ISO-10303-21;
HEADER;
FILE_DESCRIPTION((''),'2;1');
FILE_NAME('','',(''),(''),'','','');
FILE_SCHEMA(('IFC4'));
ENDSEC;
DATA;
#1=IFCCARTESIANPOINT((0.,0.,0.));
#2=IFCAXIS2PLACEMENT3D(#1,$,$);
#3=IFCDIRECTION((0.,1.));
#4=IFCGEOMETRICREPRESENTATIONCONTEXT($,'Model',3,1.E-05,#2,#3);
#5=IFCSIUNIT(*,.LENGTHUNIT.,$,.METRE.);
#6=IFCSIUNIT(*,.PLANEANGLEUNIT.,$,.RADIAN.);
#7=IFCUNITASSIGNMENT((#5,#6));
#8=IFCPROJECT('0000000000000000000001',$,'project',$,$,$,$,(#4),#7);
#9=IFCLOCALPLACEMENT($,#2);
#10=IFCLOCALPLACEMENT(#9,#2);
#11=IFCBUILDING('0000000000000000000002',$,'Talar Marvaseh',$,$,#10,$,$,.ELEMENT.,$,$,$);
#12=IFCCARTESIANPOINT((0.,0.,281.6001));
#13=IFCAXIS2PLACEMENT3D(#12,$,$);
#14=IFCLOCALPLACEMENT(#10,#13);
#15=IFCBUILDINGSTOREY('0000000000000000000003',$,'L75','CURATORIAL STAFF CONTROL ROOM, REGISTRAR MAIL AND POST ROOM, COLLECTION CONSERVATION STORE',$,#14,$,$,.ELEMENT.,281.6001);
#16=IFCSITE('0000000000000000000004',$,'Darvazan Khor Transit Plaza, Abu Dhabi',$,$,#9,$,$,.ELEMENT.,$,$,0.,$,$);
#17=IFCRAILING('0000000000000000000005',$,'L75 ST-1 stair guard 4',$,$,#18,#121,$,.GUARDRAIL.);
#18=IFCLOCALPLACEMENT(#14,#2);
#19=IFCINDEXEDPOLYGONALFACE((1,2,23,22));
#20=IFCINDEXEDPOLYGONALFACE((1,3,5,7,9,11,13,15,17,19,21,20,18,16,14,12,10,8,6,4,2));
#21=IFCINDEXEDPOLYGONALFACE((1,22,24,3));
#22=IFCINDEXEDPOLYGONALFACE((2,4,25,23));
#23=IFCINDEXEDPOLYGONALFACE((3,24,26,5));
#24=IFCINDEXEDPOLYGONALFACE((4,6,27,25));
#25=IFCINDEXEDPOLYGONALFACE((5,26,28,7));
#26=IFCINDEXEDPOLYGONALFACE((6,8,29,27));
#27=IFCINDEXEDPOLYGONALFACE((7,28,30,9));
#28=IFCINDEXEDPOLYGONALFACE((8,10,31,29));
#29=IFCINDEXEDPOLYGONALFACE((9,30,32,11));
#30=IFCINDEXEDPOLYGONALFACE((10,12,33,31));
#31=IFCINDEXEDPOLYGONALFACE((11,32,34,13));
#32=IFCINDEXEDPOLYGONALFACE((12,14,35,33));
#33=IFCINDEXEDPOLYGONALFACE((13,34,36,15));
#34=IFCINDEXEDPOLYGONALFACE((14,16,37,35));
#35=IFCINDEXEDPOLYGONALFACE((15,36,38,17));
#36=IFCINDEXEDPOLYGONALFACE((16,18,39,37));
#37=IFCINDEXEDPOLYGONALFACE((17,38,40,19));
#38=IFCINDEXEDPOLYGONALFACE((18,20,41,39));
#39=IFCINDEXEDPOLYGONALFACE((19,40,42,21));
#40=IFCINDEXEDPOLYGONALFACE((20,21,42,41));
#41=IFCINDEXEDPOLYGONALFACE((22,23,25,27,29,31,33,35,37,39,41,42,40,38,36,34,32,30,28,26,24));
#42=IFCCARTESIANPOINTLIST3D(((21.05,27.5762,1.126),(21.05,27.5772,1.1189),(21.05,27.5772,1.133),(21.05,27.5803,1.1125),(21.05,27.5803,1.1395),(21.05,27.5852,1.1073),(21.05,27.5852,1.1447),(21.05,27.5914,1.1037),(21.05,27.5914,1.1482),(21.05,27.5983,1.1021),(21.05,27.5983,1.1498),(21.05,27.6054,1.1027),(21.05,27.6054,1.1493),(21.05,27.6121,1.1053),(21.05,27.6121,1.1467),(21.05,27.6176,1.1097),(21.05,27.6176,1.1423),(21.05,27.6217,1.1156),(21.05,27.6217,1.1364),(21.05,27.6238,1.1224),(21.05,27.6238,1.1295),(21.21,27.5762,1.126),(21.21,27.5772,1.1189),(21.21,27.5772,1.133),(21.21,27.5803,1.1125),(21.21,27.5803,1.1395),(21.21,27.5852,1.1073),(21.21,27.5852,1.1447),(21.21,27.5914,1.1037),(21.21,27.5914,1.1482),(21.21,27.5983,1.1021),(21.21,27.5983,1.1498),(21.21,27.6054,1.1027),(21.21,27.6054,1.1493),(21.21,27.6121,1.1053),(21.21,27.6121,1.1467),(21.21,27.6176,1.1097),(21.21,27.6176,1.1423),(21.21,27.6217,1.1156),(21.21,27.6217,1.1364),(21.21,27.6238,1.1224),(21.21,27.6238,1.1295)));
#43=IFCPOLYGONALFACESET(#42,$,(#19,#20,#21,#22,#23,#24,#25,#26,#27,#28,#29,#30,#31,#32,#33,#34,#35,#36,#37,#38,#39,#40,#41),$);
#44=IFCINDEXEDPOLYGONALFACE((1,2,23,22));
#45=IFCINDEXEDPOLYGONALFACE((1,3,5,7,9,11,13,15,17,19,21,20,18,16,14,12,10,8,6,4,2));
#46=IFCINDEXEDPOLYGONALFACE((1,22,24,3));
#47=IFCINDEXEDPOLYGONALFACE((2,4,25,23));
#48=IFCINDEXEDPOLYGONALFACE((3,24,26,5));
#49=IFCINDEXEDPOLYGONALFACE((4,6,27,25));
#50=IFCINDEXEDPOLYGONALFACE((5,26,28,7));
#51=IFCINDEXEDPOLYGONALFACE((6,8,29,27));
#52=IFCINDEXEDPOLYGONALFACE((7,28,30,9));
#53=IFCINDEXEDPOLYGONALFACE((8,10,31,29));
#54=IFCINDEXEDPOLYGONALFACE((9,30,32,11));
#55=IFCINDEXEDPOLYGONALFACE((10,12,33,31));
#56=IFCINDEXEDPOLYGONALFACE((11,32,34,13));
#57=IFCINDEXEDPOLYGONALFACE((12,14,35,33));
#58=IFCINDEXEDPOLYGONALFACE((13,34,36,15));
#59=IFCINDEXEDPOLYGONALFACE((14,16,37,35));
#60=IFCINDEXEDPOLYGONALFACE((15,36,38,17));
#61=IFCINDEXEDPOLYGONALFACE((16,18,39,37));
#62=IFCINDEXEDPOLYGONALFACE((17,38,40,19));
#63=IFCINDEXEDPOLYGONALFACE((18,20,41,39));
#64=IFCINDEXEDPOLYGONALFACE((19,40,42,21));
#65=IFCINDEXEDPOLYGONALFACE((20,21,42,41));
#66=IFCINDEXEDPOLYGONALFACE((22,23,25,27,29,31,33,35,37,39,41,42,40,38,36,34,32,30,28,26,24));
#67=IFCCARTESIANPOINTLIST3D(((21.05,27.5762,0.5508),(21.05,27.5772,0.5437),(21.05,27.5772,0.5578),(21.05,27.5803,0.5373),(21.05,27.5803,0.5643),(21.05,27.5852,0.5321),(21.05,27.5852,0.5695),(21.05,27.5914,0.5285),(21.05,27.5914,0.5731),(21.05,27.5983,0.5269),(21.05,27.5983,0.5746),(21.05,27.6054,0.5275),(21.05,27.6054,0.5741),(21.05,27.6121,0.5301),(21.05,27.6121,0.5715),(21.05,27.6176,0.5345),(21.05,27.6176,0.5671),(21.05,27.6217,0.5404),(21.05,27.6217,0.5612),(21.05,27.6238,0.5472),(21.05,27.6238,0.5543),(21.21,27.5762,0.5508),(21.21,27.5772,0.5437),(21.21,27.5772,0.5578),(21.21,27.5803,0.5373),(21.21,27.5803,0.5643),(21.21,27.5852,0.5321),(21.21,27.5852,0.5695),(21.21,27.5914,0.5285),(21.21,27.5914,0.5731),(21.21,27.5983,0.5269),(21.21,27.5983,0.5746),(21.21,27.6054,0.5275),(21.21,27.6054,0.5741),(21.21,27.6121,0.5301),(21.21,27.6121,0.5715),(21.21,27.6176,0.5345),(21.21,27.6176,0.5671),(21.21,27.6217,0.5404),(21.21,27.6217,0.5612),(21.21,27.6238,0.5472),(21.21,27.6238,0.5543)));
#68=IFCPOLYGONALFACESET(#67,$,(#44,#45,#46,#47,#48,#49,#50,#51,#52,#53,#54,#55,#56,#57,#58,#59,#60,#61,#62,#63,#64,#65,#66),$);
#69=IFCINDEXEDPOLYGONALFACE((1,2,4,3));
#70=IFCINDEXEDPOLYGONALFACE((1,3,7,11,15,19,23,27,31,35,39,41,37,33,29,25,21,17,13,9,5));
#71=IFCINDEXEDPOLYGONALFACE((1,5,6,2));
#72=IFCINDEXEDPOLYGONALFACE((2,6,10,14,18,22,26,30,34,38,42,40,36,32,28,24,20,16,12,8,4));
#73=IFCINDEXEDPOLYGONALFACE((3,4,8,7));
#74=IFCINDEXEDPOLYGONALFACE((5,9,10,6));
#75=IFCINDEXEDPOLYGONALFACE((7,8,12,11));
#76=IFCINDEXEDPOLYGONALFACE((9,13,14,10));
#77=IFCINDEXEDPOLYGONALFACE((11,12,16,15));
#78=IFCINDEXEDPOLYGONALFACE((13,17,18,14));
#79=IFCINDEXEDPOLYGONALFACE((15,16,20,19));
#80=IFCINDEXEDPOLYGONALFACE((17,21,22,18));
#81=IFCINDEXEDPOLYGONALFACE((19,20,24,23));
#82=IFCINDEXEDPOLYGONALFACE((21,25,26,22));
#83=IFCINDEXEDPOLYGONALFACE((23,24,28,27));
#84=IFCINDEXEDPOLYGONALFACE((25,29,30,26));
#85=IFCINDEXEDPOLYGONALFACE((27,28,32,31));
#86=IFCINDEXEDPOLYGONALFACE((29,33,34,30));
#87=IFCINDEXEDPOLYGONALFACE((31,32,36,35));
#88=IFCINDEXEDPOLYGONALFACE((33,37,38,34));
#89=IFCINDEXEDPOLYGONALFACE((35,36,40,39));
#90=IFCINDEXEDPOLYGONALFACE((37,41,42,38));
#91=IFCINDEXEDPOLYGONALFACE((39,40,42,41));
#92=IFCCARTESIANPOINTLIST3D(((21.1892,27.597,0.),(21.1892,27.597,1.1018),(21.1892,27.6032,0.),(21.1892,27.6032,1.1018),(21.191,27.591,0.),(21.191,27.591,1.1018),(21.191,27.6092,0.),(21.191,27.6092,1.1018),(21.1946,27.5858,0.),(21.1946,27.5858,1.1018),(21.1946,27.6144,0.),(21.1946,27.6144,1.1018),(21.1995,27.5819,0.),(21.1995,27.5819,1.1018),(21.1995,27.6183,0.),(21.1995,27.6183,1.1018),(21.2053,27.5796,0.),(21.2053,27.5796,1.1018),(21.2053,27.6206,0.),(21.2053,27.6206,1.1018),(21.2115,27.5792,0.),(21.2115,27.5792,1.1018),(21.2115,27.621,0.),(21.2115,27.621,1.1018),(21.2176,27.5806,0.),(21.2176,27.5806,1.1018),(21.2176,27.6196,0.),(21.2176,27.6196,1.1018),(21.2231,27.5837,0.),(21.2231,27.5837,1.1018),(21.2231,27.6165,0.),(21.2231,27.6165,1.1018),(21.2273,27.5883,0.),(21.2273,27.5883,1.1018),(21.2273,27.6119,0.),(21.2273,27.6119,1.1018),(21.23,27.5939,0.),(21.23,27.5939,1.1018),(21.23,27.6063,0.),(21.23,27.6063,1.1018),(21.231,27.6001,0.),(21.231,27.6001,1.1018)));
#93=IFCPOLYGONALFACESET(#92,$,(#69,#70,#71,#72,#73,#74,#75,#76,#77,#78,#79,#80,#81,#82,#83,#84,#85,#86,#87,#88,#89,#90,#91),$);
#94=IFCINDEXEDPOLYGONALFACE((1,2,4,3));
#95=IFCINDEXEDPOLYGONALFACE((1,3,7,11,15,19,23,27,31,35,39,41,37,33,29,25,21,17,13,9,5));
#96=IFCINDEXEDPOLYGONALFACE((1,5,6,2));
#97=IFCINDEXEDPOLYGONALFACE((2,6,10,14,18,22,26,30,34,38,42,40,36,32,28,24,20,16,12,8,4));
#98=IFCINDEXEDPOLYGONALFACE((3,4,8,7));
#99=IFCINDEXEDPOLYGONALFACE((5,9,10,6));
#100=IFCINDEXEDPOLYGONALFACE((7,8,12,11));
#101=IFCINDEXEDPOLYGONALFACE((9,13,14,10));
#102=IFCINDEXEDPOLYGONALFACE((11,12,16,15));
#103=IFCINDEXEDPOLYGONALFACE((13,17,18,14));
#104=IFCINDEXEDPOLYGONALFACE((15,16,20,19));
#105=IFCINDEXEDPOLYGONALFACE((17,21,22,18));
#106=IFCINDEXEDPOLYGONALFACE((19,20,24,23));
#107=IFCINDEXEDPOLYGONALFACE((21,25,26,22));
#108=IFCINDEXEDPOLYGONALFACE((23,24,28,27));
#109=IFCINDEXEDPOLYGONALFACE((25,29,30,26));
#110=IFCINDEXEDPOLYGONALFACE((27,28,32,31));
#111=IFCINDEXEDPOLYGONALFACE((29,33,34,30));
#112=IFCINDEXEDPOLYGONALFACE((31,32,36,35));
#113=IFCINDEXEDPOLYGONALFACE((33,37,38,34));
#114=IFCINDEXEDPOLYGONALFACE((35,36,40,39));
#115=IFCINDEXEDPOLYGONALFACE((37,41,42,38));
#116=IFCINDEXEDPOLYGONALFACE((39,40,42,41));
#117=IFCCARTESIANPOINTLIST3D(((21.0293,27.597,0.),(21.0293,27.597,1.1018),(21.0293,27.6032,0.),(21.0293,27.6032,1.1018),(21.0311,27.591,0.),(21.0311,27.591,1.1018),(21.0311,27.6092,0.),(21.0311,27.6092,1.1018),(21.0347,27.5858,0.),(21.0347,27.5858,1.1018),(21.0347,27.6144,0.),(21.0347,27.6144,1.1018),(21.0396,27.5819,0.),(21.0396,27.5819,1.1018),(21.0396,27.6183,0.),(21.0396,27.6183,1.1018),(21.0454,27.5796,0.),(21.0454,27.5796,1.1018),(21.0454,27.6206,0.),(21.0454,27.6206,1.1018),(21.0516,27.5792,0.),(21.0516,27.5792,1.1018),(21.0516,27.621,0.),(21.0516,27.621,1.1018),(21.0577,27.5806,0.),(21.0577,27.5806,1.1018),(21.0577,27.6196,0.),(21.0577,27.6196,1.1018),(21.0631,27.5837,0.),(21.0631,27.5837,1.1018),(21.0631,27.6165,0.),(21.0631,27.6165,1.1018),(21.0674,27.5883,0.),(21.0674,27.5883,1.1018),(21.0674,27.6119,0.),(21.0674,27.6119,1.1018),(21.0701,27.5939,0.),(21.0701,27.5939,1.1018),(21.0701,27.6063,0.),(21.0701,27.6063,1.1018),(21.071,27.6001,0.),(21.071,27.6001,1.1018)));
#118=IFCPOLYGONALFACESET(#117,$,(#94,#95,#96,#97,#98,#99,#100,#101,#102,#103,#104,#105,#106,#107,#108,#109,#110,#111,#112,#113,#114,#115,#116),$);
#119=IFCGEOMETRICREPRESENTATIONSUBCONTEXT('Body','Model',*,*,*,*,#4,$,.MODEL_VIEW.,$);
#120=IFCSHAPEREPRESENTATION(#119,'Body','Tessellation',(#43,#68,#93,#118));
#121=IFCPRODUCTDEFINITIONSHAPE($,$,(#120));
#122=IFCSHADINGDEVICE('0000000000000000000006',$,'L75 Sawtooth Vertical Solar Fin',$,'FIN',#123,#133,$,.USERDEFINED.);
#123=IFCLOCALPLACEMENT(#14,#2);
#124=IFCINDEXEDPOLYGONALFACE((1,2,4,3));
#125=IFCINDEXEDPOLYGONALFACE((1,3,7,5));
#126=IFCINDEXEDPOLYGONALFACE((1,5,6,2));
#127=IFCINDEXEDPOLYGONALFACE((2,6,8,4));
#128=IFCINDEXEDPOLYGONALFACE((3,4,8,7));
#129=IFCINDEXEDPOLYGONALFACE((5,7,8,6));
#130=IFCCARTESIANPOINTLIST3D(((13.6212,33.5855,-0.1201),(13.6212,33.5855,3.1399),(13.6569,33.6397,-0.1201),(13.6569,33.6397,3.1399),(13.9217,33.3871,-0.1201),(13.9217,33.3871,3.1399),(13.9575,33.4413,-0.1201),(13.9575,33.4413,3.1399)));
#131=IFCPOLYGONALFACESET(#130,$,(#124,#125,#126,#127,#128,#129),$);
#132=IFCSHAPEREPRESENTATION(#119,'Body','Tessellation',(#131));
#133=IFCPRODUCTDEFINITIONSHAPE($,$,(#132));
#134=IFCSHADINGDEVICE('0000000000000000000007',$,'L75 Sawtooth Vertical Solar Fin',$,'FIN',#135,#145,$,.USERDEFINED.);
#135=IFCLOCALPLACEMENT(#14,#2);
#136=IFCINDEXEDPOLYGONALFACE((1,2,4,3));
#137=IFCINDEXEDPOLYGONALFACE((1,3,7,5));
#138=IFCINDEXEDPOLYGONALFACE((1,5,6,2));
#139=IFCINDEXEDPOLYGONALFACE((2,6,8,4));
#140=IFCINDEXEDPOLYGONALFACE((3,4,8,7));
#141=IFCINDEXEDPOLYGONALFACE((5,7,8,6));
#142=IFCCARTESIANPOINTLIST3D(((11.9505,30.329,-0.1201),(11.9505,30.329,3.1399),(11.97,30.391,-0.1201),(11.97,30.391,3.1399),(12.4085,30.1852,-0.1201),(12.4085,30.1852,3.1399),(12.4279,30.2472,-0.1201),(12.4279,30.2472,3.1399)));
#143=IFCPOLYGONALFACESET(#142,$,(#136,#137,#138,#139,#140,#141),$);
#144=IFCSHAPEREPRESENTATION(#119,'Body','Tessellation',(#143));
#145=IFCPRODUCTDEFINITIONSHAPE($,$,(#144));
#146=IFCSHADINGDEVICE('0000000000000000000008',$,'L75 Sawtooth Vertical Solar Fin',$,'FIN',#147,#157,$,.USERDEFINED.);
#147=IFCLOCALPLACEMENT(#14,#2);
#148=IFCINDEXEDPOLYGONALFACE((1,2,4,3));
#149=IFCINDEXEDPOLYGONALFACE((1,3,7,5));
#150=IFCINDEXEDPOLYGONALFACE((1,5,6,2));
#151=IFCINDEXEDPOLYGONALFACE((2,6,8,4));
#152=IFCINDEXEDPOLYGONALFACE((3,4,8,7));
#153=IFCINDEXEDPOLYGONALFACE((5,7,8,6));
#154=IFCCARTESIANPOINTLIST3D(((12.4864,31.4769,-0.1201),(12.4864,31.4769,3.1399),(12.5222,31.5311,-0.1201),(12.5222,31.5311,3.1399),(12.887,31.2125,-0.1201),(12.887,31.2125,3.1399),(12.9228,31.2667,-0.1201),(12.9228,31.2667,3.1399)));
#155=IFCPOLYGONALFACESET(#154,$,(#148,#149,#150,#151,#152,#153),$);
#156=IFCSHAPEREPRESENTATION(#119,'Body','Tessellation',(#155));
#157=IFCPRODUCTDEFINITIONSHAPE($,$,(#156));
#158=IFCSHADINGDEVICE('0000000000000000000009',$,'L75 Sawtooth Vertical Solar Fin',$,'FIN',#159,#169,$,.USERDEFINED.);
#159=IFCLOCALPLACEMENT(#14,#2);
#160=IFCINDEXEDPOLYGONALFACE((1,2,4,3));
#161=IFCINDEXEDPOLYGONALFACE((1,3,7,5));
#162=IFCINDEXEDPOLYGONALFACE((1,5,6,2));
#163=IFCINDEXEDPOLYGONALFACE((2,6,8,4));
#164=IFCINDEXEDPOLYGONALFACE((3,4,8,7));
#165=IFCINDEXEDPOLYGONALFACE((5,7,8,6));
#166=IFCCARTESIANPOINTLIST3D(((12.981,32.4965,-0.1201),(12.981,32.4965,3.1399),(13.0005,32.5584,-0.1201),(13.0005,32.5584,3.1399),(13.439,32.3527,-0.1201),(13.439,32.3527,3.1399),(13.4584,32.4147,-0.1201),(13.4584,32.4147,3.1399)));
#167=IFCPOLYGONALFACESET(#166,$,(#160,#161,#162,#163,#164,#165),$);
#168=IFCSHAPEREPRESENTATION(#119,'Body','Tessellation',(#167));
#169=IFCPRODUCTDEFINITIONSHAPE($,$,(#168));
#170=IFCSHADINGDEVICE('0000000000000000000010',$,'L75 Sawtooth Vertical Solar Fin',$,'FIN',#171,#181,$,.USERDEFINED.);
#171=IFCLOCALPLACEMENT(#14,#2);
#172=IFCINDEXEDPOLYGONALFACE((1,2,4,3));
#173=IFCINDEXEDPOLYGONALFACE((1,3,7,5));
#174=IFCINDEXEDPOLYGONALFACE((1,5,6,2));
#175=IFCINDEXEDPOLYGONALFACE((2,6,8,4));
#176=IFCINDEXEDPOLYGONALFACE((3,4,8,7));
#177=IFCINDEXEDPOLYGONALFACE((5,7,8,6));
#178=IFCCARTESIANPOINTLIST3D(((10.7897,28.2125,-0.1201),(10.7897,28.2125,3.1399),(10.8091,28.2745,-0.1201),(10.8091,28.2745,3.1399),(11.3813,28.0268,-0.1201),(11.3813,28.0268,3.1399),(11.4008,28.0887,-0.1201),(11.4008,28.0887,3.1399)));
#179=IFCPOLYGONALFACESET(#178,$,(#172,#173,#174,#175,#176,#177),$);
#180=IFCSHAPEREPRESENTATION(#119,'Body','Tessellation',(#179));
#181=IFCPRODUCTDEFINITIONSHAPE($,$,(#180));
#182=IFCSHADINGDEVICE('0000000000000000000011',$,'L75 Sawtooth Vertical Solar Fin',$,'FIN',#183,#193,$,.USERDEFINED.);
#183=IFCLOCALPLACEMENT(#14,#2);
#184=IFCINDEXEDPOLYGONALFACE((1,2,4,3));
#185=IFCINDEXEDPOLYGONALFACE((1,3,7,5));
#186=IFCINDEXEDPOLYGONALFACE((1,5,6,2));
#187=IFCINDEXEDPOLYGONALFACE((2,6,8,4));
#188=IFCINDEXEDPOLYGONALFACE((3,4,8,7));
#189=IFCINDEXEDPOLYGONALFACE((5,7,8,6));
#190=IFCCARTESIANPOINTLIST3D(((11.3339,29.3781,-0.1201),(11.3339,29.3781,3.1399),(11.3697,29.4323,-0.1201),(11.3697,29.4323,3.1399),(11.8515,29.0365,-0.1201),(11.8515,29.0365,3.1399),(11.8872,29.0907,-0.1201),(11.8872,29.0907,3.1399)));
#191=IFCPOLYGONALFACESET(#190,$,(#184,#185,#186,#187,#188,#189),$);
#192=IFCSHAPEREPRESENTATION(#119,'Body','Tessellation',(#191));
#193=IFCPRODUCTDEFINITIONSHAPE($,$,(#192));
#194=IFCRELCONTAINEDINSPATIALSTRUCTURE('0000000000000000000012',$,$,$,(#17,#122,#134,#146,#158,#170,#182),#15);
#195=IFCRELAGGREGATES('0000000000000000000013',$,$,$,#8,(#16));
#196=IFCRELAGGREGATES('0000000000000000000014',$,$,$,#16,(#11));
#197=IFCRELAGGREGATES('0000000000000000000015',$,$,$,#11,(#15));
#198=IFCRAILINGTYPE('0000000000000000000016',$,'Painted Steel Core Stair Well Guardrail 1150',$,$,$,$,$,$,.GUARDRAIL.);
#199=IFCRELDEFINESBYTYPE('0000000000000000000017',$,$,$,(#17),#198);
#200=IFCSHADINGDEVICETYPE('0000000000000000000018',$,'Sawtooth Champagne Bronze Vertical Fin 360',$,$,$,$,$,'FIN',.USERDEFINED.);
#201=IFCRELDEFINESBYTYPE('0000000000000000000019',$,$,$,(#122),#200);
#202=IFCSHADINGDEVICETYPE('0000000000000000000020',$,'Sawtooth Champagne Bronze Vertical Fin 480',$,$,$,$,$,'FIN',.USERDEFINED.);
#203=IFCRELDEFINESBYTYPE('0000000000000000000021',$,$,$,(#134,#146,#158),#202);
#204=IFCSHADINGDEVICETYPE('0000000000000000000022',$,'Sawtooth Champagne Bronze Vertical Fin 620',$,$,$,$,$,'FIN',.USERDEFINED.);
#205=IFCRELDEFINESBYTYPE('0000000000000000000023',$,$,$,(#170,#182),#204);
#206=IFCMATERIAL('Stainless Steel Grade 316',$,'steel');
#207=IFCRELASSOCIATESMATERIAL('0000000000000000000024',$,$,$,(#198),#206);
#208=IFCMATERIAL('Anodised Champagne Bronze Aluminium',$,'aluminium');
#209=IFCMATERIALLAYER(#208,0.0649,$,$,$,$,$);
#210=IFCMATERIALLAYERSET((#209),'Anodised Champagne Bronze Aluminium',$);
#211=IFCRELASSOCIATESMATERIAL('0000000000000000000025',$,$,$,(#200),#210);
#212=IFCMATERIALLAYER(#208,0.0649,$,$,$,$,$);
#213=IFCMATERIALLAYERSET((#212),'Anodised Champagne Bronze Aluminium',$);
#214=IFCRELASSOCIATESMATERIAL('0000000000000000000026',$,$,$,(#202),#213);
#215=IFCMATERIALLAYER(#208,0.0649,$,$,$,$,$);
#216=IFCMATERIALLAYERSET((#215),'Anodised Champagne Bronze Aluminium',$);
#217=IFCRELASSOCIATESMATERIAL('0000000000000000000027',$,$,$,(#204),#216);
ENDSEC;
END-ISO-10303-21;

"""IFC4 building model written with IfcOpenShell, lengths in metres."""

from ifc_helpers import new_model, si_unit, direction, frame, origin, origin_2d, place, context, subcontext, project, spatial, rectangle, circle, extrude, source, transform, mapped, material, layer, layer_set, type_object, type_shapes, element, save


model = new_model("IFC4")

# Units and contexts
model_context = context("Model", 3, precision=1e-05, world=origin(), true_north=direction((0.0, 1.0)))
body_context = subcontext(model_context, "Body", "Model", "MODEL_VIEW")
ifc_project = project(units=[si_unit("LENGTHUNIT", "METRE"), si_unit("PLANEANGLEUNIT", "RADIAN")], contexts=[model_context])

# Site, building, storey
site_placement = place(None, origin())
site = spatial("IfcSite", under=ifc_project, at=site_placement, Name="Darvazan Khor Transit Plaza, Abu Dhabi", CompositionType="ELEMENT", RefElevation=0.0)
building_placement = place(site_placement, origin())
building = spatial("IfcBuilding", under=site, at=building_placement, Name="Talar Marvaseh", CompositionType="ELEMENT")
storey_placement = place(building_placement, frame((0.0, 0.0, 281.6001)))
storey = spatial("IfcBuildingStorey", under=building, at=storey_placement, Name="L75", Description="CURATORIAL STAFF CONTROL ROOM, REGISTRAR MAIL AND POST ROOM, COLLECTION CONSERVATION STORE", CompositionType="ELEMENT", Elevation=281.6001)

# Railing
ifc_material_1 = material(Name="Stainless Steel Grade 316", Category="steel")
railing_type_1 = type_object("IfcRailingType", Name="Painted Steel Core Stair Well Guardrail 1150", PredefinedType="GUARDRAIL", material=ifc_material_1)
railing_1_placement = place(storey_placement, frame((21.21, 27.6001, 0.0)))
element("IfcRailing", 1, at=railing_1_placement, inside=storey, type_object=railing_type_1, Name="L75 ST-1 stair guard 4", PredefinedType="GUARDRAIL", context=body_context, shape_type="SweptSolid", body=[
    extrude(circle(Radius=0.0239, at=origin_2d()), frame((0.0, 0.0, 1.126), z_axis=(-1.0, 0.0, 0.0), x_axis=(0.0, -1.0, 0.0)), (0.0, 0.0, 1.0), 0.1599),
    extrude(circle(Radius=0.0239, at=origin_2d()), frame((0.0, 0.0, 0.5508), z_axis=(-1.0, 0.0, 0.0), x_axis=(0.0, -1.0, 0.0)), (0.0, 0.0, 1.0), 0.1599),
    extrude(circle(Radius=0.021, at=origin_2d()), origin(), (0.0, 0.0, 1.0), 1.1018),
    extrude(circle(Radius=0.021, at=origin_2d()), frame((-0.1599, 0.0, 0.0)), (0.0, 0.0, 1.0), 1.1018),
])

# Shading devices
ifc_material_2 = material(Name="Anodised Champagne Bronze Aluminium", Category="aluminium")
ifc_layer_1 = layer(ifc_material_2, 0.0649)
ifc_layer_set_1 = layer_set([ifc_layer_1], Name="Anodised Champagne Bronze Aluminium")
shading_device_type_1 = type_object("IfcShadingDeviceType", Name="Sawtooth Champagne Bronze Vertical Fin 360", ElementType="FIN", PredefinedType="USERDEFINED", material=ifc_layer_set_1)
shared_shape_1 = source(origin(), body_context, "Body", "SweptSolid", [
    extrude(rectangle(XDim=0.3601, YDim=0.0649, at=origin_2d()), origin(), (0.0, 0.0, 1.0), 3.26),
])
type_shapes(shading_device_type_1, [shared_shape_1])
shading_device_placement = place(storey_placement, frame((13.7893, 33.5134, -0.1201), z_axis=(0.0, 0.0, 1.0), x_axis=(-0.83456, 0.550918, 0.0)))
element("IfcShadingDevice", 2, at=shading_device_placement, inside=storey, type_object=shading_device_type_1, Name="L75 Sawtooth Vertical Solar Fin", ObjectType="FIN", PredefinedType="USERDEFINED", context=body_context, shape_type="MappedRepresentation", body=[
    mapped(shared_shape_1, transform((0.0, 0.0, 0.0), x_axis=(1.0, 0.0, 0.0), y_axis=(0.0, 1.0, 0.0), z_axis=(0.0, 0.0, 1.0), scale=1.0)),
])
ifc_layer_2 = layer(ifc_material_2, 0.0649)
ifc_layer_set_2 = layer_set([ifc_layer_2], Name="Anodised Champagne Bronze Aluminium")
shading_device_type_2 = type_object("IfcShadingDeviceType", Name="Sawtooth Champagne Bronze Vertical Fin 480", ElementType="FIN", PredefinedType="USERDEFINED", material=ifc_layer_set_2)
shared_shape_2 = source(origin(), body_context, "Body", "SweptSolid", [
    extrude(rectangle(XDim=0.48, YDim=0.0649, at=origin_2d()), origin(), (0.0, 0.0, 1.0), 3.26),
])
type_shapes(shading_device_type_2, [shared_shape_2])
for number, where, z_axis, x_axis, name in (
    (3, (12.1892, 30.2881, -0.1201), (0.0, 0.0, 1.0), (-0.954084, 0.29954, 0.0), "L75 Sawtooth Vertical Solar Fin"),
    (4, (12.7046, 31.3718, -0.1201), (0.0, 0.0, 1.0), (-0.83456, 0.550918, 0.0), "L75 Sawtooth Vertical Solar Fin"),
    (5, (13.2197, 32.4556, -0.1201), (0.0, 0.0, 1.0), (-0.954084, 0.29954, 0.0), "L75 Sawtooth Vertical Solar Fin"),
):
    element("IfcShadingDevice", number, at=place(storey_placement, frame(where, z_axis=z_axis, x_axis=x_axis)), inside=storey, type_object=shading_device_type_2, Name=name, ObjectType="FIN", PredefinedType="USERDEFINED", context=body_context, shape_type="MappedRepresentation", body=[
        mapped(shared_shape_2, transform((0.0, 0.0, 0.0), x_axis=(1.0, 0.0, 0.0), y_axis=(0.0, 1.0, 0.0), z_axis=(0.0, 0.0, 1.0), scale=1.0)),
    ])
ifc_layer_3 = layer(ifc_material_2, 0.0649)
ifc_layer_set_3 = layer_set([ifc_layer_3], Name="Anodised Champagne Bronze Aluminium")
shading_device_type_3 = type_object("IfcShadingDeviceType", Name="Sawtooth Champagne Bronze Vertical Fin 620", ElementType="FIN", PredefinedType="USERDEFINED", material=ifc_layer_set_3)
shared_shape_3 = source(origin(), body_context, "Body", "SweptSolid", [
    extrude(rectangle(XDim=0.6201, YDim=0.0649, at=origin_2d()), origin(), (0.0, 0.0, 1.0), 3.26),
])
type_shapes(shading_device_type_3, [shared_shape_3])
for number, where, z_axis, x_axis, name in (
    (6, (11.0952, 28.1506, -0.1201), (0.0, 0.0, 1.0), (-0.954084, 0.29954, 0.0), "L75 Sawtooth Vertical Solar Fin"),
    (7, (11.6106, 29.2344, -0.1201), (0.0, 0.0, 1.0), (-0.83456, 0.550918, 0.0), "L75 Sawtooth Vertical Solar Fin"),
):
    element("IfcShadingDevice", number, at=place(storey_placement, frame(where, z_axis=z_axis, x_axis=x_axis)), inside=storey, type_object=shading_device_type_3, Name=name, ObjectType="FIN", PredefinedType="USERDEFINED", context=body_context, shape_type="MappedRepresentation", body=[
        mapped(shared_shape_3, transform((0.0, 0.0, 0.0), x_axis=(1.0, 0.0, 0.0), y_axis=(0.0, 1.0, 0.0), z_axis=(0.0, 0.0, 1.0), scale=1.0)),
    ])

save(model, "model.ifc")
